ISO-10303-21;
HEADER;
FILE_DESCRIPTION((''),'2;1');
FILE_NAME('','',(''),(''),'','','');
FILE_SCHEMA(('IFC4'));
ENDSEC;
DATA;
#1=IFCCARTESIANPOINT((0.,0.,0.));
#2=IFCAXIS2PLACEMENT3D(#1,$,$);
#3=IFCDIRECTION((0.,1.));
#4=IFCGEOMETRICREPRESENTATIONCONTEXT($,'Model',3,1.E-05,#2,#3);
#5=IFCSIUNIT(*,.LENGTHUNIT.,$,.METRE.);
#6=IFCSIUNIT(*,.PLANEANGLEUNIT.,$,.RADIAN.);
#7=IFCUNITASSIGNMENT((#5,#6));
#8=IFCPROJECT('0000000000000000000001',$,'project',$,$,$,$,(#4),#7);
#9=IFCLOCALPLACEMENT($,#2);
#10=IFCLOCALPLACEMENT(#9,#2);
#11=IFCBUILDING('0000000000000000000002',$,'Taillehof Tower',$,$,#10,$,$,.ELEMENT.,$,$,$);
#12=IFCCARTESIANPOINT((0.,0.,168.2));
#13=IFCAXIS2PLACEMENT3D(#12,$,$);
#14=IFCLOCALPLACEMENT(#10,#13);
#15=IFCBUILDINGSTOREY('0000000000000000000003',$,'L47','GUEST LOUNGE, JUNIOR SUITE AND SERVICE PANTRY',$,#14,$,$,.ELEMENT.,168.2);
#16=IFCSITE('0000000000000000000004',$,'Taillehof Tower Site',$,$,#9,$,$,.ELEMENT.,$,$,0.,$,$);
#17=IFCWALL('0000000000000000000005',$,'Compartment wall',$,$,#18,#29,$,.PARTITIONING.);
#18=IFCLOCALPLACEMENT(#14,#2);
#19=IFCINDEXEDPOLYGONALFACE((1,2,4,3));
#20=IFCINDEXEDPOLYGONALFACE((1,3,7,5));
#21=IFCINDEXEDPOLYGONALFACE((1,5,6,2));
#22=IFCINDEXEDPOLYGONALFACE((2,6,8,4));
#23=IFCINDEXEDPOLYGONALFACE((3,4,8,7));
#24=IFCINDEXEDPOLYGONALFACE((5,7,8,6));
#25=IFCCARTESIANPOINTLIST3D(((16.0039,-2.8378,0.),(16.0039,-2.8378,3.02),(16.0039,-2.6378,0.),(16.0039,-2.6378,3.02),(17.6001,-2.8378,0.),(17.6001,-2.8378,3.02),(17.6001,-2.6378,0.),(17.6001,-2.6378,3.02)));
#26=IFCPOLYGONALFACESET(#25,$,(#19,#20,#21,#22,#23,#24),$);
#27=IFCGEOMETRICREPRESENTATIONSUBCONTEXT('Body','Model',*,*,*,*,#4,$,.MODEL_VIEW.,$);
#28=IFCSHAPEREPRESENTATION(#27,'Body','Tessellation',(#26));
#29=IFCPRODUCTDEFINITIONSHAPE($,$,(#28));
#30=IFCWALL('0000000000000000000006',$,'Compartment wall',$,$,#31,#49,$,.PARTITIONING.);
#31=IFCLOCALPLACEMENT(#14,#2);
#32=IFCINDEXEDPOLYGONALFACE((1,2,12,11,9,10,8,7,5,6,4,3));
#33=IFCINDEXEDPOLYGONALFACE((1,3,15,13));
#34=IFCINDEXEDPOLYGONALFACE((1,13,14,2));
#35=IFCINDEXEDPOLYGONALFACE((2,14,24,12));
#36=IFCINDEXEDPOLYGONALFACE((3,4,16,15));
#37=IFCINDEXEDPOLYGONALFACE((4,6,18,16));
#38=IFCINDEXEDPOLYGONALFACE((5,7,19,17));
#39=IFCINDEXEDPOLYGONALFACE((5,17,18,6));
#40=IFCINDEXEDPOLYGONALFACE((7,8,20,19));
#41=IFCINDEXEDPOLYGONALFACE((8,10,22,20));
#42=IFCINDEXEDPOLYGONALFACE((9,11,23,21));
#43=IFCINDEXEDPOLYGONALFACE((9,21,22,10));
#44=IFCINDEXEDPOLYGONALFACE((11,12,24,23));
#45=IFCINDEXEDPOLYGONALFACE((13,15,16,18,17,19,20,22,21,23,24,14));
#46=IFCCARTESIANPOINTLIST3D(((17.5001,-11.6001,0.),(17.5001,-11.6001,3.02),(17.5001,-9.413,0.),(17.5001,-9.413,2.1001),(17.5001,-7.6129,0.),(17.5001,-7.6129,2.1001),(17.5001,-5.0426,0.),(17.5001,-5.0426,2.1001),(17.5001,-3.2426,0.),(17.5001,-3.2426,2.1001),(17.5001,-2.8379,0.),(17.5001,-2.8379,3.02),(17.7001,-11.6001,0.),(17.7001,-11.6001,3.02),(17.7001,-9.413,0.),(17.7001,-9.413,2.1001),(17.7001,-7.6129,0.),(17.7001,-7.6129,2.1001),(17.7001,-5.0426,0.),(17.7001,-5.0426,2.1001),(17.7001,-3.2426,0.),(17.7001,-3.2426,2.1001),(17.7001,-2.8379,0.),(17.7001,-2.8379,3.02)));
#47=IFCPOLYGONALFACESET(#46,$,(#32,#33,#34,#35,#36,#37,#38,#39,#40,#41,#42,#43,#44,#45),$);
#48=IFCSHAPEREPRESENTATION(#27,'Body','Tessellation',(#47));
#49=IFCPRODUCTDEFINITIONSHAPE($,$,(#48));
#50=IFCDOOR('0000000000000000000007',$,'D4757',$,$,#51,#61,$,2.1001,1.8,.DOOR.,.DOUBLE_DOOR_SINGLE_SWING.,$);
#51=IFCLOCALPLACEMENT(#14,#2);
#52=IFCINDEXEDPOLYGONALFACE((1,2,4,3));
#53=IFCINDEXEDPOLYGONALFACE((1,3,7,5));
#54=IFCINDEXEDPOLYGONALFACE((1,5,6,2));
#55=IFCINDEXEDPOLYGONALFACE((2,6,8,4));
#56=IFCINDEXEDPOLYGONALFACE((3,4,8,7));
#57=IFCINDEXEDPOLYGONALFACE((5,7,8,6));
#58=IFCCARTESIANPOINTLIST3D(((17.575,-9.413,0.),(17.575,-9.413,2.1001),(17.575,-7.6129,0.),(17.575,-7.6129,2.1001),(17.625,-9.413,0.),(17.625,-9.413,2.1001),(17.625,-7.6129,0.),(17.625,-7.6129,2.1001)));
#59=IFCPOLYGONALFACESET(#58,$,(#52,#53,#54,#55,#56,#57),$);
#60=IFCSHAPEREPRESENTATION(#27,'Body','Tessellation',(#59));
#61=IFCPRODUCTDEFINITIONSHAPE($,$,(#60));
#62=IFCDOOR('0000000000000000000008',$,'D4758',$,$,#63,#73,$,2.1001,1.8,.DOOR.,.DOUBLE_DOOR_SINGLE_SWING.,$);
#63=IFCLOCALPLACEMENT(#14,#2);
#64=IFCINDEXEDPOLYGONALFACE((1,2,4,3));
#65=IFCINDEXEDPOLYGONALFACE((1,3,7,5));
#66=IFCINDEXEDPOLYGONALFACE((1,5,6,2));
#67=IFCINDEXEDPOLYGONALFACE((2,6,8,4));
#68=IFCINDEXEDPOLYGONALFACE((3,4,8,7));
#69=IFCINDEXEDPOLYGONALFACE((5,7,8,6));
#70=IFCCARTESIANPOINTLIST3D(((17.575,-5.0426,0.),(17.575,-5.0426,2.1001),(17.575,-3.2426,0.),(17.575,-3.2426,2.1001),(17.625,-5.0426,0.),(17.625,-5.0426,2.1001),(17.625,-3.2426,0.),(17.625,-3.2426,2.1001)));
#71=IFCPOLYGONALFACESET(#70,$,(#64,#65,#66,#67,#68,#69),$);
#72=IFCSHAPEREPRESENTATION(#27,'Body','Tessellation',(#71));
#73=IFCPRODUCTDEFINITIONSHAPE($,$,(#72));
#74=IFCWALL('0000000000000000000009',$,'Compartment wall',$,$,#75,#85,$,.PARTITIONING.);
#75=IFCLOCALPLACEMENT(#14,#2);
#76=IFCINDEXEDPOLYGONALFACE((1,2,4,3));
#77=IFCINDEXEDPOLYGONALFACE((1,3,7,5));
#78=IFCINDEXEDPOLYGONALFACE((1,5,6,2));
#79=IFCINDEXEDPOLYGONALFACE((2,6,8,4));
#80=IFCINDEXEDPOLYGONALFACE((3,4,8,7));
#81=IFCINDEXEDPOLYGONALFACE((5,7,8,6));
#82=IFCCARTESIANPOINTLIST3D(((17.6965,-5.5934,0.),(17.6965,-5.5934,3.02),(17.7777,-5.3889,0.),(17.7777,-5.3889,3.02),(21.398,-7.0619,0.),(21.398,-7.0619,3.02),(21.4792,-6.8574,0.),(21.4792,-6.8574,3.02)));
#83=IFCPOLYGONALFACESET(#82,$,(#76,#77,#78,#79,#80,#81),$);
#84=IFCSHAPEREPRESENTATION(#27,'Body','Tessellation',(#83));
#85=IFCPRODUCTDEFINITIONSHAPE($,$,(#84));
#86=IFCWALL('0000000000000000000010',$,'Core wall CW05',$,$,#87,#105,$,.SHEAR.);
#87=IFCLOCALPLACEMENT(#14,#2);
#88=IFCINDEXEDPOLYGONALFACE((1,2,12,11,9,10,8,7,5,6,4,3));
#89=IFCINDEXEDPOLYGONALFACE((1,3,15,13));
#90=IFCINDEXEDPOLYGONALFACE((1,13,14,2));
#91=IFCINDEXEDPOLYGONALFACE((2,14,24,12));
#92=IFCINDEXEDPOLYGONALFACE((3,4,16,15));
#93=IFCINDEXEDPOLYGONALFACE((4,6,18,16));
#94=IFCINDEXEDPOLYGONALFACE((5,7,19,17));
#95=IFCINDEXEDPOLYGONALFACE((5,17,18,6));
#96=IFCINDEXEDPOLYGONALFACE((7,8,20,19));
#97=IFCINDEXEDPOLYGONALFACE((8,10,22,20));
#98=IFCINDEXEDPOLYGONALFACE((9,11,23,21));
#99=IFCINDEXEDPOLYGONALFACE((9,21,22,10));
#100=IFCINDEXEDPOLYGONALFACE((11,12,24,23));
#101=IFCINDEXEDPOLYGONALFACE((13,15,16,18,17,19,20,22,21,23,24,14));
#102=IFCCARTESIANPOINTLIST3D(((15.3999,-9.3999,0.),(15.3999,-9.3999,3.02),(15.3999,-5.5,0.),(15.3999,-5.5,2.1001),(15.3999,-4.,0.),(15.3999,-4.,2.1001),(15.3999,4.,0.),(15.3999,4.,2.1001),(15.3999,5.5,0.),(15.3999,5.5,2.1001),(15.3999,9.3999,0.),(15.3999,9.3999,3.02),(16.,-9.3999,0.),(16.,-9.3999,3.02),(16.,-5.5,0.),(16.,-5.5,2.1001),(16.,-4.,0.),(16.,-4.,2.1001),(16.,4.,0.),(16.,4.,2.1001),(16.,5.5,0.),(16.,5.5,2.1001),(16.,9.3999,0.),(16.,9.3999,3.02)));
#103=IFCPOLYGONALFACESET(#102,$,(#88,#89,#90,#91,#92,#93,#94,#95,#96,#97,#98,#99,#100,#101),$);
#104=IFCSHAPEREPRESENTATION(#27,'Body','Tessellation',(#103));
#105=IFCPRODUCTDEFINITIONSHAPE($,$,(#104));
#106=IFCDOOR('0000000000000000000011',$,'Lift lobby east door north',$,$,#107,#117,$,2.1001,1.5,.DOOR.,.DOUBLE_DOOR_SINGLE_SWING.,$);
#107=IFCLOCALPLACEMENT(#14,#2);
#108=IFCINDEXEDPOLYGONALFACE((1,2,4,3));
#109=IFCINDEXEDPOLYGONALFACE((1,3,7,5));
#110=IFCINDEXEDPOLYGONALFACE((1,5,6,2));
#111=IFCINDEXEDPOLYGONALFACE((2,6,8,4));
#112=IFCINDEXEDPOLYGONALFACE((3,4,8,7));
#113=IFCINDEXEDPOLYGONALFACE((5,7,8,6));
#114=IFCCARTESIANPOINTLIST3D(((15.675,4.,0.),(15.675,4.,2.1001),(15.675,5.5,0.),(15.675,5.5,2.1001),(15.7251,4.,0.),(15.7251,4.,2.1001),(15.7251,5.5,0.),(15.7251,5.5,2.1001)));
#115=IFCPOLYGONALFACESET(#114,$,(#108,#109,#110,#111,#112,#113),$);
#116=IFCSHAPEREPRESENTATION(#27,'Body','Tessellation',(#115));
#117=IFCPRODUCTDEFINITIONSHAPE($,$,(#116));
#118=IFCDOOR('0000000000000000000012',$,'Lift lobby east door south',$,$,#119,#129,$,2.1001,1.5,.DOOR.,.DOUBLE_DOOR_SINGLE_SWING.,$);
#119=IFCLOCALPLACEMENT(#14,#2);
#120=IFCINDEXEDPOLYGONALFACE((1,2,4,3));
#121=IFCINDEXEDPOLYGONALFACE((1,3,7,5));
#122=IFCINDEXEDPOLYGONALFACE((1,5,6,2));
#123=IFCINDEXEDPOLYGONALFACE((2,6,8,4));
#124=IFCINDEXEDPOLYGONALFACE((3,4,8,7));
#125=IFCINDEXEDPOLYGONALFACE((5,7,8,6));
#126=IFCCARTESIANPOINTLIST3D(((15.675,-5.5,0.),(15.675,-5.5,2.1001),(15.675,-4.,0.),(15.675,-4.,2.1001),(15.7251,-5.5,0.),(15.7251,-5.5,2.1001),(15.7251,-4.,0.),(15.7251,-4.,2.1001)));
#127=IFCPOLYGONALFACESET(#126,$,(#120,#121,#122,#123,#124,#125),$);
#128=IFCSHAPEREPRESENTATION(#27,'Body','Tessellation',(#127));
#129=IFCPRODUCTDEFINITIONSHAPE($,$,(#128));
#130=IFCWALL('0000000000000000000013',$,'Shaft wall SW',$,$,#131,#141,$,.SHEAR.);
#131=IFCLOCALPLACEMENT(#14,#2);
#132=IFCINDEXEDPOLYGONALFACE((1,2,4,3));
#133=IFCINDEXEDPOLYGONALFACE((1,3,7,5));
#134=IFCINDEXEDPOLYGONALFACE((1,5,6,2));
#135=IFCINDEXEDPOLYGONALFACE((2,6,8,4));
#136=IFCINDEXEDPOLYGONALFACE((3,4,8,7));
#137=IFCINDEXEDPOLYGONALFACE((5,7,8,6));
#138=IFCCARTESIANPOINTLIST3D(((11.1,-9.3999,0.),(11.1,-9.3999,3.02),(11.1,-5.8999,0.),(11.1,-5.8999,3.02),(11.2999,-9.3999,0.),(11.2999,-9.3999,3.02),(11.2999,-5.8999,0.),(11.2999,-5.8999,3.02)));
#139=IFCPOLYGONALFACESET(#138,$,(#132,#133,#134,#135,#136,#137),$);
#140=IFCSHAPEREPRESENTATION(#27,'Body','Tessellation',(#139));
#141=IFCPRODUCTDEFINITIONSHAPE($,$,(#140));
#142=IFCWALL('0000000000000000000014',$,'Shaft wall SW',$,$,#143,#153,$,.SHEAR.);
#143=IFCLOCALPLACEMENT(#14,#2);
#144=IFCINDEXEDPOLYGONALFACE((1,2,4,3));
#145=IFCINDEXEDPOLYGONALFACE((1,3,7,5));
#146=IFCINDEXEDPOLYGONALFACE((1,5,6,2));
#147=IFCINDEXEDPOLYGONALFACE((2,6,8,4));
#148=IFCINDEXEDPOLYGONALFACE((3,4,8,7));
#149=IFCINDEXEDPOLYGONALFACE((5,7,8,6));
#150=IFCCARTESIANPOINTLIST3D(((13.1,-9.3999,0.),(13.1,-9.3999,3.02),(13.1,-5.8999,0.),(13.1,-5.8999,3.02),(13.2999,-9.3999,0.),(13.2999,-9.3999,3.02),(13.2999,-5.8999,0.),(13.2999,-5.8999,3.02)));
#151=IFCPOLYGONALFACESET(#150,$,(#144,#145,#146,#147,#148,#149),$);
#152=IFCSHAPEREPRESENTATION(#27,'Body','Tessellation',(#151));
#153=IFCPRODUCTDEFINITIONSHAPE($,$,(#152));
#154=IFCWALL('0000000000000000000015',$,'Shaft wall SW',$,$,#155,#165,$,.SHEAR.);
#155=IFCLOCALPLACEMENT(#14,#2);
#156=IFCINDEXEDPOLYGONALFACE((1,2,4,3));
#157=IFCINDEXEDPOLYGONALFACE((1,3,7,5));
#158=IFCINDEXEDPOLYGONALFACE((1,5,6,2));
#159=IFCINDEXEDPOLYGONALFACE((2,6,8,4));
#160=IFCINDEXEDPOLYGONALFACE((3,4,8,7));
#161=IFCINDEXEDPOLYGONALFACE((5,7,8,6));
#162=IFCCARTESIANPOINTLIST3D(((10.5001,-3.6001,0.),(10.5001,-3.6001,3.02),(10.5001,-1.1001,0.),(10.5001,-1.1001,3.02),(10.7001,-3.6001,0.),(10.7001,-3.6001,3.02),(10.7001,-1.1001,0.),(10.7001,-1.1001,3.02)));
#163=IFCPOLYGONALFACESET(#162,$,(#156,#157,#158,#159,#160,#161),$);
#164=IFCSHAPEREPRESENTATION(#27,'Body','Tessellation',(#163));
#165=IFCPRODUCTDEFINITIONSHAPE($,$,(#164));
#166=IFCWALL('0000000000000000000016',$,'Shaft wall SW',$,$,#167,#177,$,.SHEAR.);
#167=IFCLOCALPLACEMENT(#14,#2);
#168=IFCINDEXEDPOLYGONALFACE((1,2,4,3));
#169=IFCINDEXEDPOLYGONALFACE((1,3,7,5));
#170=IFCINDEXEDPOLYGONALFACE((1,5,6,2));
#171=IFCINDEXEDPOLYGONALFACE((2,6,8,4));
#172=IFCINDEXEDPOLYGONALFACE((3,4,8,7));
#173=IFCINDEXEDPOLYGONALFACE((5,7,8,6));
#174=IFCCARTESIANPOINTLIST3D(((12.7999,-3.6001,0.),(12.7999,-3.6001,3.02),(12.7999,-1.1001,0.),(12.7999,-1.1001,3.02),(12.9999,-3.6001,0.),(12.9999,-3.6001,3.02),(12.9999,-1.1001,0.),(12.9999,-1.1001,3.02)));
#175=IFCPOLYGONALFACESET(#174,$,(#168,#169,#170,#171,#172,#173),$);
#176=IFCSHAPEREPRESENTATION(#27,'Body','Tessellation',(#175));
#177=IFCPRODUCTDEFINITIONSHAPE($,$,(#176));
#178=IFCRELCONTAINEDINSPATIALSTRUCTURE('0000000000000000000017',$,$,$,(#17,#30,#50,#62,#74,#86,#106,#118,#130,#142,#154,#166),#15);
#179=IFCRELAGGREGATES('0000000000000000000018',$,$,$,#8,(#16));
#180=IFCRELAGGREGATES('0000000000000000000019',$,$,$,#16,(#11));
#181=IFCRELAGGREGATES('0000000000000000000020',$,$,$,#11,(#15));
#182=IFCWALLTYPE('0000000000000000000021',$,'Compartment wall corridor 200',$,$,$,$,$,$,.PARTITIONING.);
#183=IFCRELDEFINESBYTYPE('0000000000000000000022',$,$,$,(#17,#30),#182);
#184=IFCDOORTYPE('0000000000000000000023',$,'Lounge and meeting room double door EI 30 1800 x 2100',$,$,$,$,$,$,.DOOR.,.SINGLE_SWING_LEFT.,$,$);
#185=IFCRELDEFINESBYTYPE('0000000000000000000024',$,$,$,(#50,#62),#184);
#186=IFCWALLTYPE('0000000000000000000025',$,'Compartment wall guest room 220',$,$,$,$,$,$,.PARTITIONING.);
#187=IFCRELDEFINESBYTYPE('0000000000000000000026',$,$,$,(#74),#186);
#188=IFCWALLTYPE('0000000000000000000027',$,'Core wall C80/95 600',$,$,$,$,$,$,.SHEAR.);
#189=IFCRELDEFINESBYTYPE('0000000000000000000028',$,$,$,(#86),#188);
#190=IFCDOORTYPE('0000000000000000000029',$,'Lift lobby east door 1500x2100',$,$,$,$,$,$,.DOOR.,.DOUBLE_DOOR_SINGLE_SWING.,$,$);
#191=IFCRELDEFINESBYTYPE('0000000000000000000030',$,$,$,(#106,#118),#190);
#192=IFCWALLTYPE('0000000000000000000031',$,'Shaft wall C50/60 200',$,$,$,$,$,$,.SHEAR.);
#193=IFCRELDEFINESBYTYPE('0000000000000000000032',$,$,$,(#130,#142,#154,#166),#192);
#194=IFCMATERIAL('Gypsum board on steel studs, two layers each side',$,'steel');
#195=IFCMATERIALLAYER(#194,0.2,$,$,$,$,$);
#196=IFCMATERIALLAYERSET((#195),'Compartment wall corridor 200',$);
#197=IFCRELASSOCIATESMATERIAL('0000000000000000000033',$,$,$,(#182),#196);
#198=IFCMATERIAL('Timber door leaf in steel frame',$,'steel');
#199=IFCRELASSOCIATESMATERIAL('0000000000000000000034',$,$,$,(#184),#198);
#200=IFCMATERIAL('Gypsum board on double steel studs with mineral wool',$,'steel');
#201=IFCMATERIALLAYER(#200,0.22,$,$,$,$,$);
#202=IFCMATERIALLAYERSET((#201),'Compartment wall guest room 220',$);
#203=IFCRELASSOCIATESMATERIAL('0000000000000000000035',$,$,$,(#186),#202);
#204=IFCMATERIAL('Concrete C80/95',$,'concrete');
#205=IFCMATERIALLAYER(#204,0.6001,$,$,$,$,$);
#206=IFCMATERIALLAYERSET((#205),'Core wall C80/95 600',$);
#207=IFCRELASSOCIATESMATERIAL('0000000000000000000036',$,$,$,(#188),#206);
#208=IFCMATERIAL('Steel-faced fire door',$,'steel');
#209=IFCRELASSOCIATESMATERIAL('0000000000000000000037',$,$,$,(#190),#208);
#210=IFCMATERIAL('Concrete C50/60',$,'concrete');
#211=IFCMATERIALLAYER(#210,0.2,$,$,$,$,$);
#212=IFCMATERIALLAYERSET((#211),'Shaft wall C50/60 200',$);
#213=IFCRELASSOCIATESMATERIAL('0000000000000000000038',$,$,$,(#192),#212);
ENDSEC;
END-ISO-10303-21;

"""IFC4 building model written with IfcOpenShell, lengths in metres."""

from ifc_helpers import new_model, si_unit, direction, frame, frame_2d, origin, place, context, subcontext, project, spatial, rectangle, extrude, material, layer, layer_set, type_object, element, fill, save


model = new_model("IFC4")

# Units and contexts
model_context = context("Model", 3, precision=1e-05, world=origin(), true_north=direction((0.0, 1.0)))
body_context = subcontext(model_context, "Body", "Model", "MODEL_VIEW")
ifc_project = project(units=[si_unit("LENGTHUNIT", "METRE"), si_unit("PLANEANGLEUNIT", "RADIAN")], contexts=[model_context])

# Site, building, storey
site_placement = place(None, origin())
site = spatial("IfcSite", under=ifc_project, at=site_placement, Name="Taillehof Tower Site", CompositionType="ELEMENT", RefElevation=0.0)
building_placement = place(site_placement, origin())
building = spatial("IfcBuilding", under=site, at=building_placement, Name="Taillehof Tower", CompositionType="ELEMENT")
storey_placement = place(building_placement, frame((0.0, 0.0, 168.2)))
storey = spatial("IfcBuildingStorey", under=building, at=storey_placement, Name="L47", Description="GUEST LOUNGE, JUNIOR SUITE AND SERVICE PANTRY", CompositionType="ELEMENT", Elevation=168.2)

# Wall
ifc_material_1 = material(Name="Gypsum board on steel studs, two layers each side", Category="steel")
ifc_layer_1 = layer(ifc_material_1, 0.2)
ifc_layer_set_1 = layer_set([ifc_layer_1], Name="Compartment wall corridor 200")
wall_type_1 = type_object("IfcWallType", Name="Compartment wall corridor 200", PredefinedType="PARTITIONING", material=ifc_layer_set_1)
wall_1_placement = place(storey_placement, frame((16.0039, -2.7378, 0.0), z_axis=(0.0, 0.0, 1.0), x_axis=(1.0, 0.0, 0.0)))
element("IfcWall", 1, at=wall_1_placement, inside=storey, type_object=wall_type_1, Name="Compartment wall", PredefinedType="PARTITIONING", context=body_context, shape_type="SweptSolid", body=[
    extrude(rectangle(XDim=1.5962, YDim=0.2, at=frame_2d((0.7981, 0.0))), origin(), (0.0, 0.0, 1.0), 3.02),
])

# Wall, openings, doors
wall_2_placement = place(storey_placement, frame((17.6001, -2.8379, 0.0), z_axis=(0.0, 0.0, 1.0), x_axis=(0.0, -1.0, 0.0)))
wall_2 = element("IfcWall", 2, at=wall_2_placement, inside=storey, type_object=wall_type_1, Name="Compartment wall", PredefinedType="PARTITIONING", context=body_context, shape_type="SweptSolid", body=[
    extrude(rectangle(XDim=8.7622, YDim=0.2, at=frame_2d((4.3811, 0.0))), origin(), (0.0, 0.0, 1.0), 3.02),
])
opening_1_placement = place(wall_2_placement, frame((4.7751, 0.0, 0.0)))
opening_1 = element("IfcOpeningElement", 3, at=opening_1_placement, cuts=wall_2, PredefinedType="OPENING", context=body_context, shape_type="SweptSolid", body=[
    extrude(rectangle(XDim=1.8, YDim=2.1001, at=frame_2d((0.8999, 1.05))), frame((0.0, 0.1099, 0.0), z_axis=(0.0, -1.0, 0.0), x_axis=(1.0, 0.0, 0.0)), (0.0, 0.0, 1.0), 0.22),
])
opening_2_placement = place(wall_2_placement, frame((0.4048, 0.0, 0.0)))
opening_2 = element("IfcOpeningElement", 4, at=opening_2_placement, cuts=wall_2, PredefinedType="OPENING", context=body_context, shape_type="SweptSolid", body=[
    extrude(rectangle(XDim=1.8, YDim=2.1001, at=frame_2d((0.8999, 1.05))), frame((0.0, 0.1099, 0.0), z_axis=(0.0, -1.0, 0.0), x_axis=(1.0, 0.0, 0.0)), (0.0, 0.0, 1.0), 0.22),
])
ifc_material_2 = material(Name="Timber door leaf in steel frame", Category="steel")
door_type_1 = type_object("IfcDoorType", Name="Lounge and meeting room double door EI 30 1800 x 2100", OperationType="SINGLE_SWING_LEFT", PredefinedType="DOOR", material=ifc_material_2)
door_1_placement = place(opening_1_placement, origin())
door_1 = element("IfcDoor", 5, at=door_1_placement, inside=storey, type_object=door_type_1, Name="D4757", OperationType="DOUBLE_DOOR_SINGLE_SWING", OverallHeight=2.1001, OverallWidth=1.8, PredefinedType="DOOR", context=body_context, shape_type="SweptSolid", body=[
    extrude(rectangle(XDim=1.8, YDim=2.1001, at=frame_2d((0.8999, 1.05))), frame((0.0, 0.0249, 0.0), z_axis=(0.0, -1.0, 0.0), x_axis=(1.0, 0.0, 0.0)), (0.0, 0.0, 1.0), 0.05),
])
fill(opening_1, door_1)
door_2_placement = place(opening_2_placement, origin())
door_2 = element("IfcDoor", 6, at=door_2_placement, inside=storey, type_object=door_type_1, Name="D4758", OperationType="DOUBLE_DOOR_SINGLE_SWING", OverallHeight=2.1001, OverallWidth=1.8, PredefinedType="DOOR", context=body_context, shape_type="SweptSolid", body=[
    extrude(rectangle(XDim=1.8, YDim=2.1001, at=frame_2d((0.8999, 1.05))), frame((0.0, 0.0249, 0.0), z_axis=(0.0, -1.0, 0.0), x_axis=(1.0, 0.0, 0.0)), (0.0, 0.0, 1.0), 0.05),
])
fill(opening_2, door_2)

# Wall
ifc_material_3 = material(Name="Gypsum board on double steel studs with mineral wool", Category="steel")
ifc_layer_2 = layer(ifc_material_3, 0.22)
ifc_layer_set_2 = layer_set([ifc_layer_2], Name="Compartment wall guest room 220")
wall_type_2 = type_object("IfcWallType", Name="Compartment wall guest room 220", PredefinedType="PARTITIONING", material=ifc_layer_set_2)
wall_3_placement = place(storey_placement, frame((21.4387, -6.9597, 0.0), z_axis=(0.0, 0.0, 1.0), x_axis=(-0.929517, 0.368778, 0.0)))
element("IfcWall", 7, at=wall_3_placement, inside=storey, type_object=wall_type_2, Name="Compartment wall", PredefinedType="PARTITIONING", context=body_context, shape_type="SweptSolid", body=[
    extrude(rectangle(XDim=3.9822, YDim=0.22, at=frame_2d((1.9912, 0.0))), origin(), (0.0, 0.0, 1.0), 3.02),
])

# Wall, openings, doors
ifc_material_4 = material(Name="Concrete C80/95", Category="concrete")
ifc_layer_3 = layer(ifc_material_4, 0.6001)
ifc_layer_set_3 = layer_set([ifc_layer_3], Name="Core wall C80/95 600")
wall_type_3 = type_object("IfcWallType", Name="Core wall C80/95 600", PredefinedType="SHEAR", material=ifc_layer_set_3)
wall_4_placement = place(storey_placement, frame((15.7, -9.3999, 0.0), z_axis=(0.0, 0.0, 1.0), x_axis=(0.0, 1.0, 0.0)))
wall_4 = element("IfcWall", 8, at=wall_4_placement, inside=storey, type_object=wall_type_3, Name="Core wall CW05", PredefinedType="SHEAR", context=body_context, shape_type="SweptSolid", body=[
    extrude(rectangle(XDim=18.7998, YDim=0.6001, at=frame_2d((9.3999, 0.0))), origin(), (0.0, 0.0, 1.0), 3.02),
])
opening_3_placement = place(wall_4_placement, frame((13.3999, 0.0, 0.0)))
opening_3 = element("IfcOpeningElement", 9, at=opening_3_placement, cuts=wall_4, PredefinedType="OPENING", context=body_context, shape_type="SweptSolid", body=[
    extrude(rectangle(XDim=1.5, YDim=2.1001, at=frame_2d((0.75, 1.05))), frame((0.0, 0.3101, 0.0), z_axis=(0.0, -1.0, 0.0), x_axis=(1.0, 0.0, 0.0)), (0.0, 0.0, 1.0), 0.6201),
])
opening_4_placement = place(wall_4_placement, frame((3.8999, 0.0, 0.0)))
opening_4 = element("IfcOpeningElement", 10, at=opening_4_placement, cuts=wall_4, PredefinedType="OPENING", context=body_context, shape_type="SweptSolid", body=[
    extrude(rectangle(XDim=1.5, YDim=2.1001, at=frame_2d((0.75, 1.05))), frame((0.0, 0.3101, 0.0), z_axis=(0.0, -1.0, 0.0), x_axis=(1.0, 0.0, 0.0)), (0.0, 0.0, 1.0), 0.6201),
])
ifc_material_5 = material(Name="Steel-faced fire door", Category="steel")
door_type_2 = type_object("IfcDoorType", Name="Lift lobby east door 1500x2100", OperationType="DOUBLE_DOOR_SINGLE_SWING", PredefinedType="DOOR", material=ifc_material_5)
door_3_placement = place(opening_3_placement, origin())
door_3 = element("IfcDoor", 11, at=door_3_placement, inside=storey, type_object=door_type_2, Name="Lift lobby east door north", OperationType="DOUBLE_DOOR_SINGLE_SWING", OverallHeight=2.1001, OverallWidth=1.5, PredefinedType="DOOR", context=body_context, shape_type="SweptSolid", body=[
    extrude(rectangle(XDim=1.5, YDim=2.1001, at=frame_2d((0.75, 1.05))), frame((0.0, 0.0249, 0.0), z_axis=(0.0, -1.0, 0.0), x_axis=(1.0, 0.0, 0.0)), (0.0, 0.0, 1.0), 0.05),
])
fill(opening_3, door_3)
door_4_placement = place(opening_4_placement, origin())
door_4 = element("IfcDoor", 12, at=door_4_placement, inside=storey, type_object=door_type_2, Name="Lift lobby east door south", OperationType="DOUBLE_DOOR_SINGLE_SWING", OverallHeight=2.1001, OverallWidth=1.5, PredefinedType="DOOR", context=body_context, shape_type="SweptSolid", body=[
    extrude(rectangle(XDim=1.5, YDim=2.1001, at=frame_2d((0.75, 1.05))), frame((0.0, 0.0249, 0.0), z_axis=(0.0, -1.0, 0.0), x_axis=(1.0, 0.0, 0.0)), (0.0, 0.0, 1.0), 0.05),
])
fill(opening_4, door_4)

# Walls
ifc_material_6 = material(Name="Concrete C50/60", Category="concrete")
ifc_layer_4 = layer(ifc_material_6, 0.2)
ifc_layer_set_4 = layer_set([ifc_layer_4], Name="Shaft wall C50/60 200")
wall_type_4 = type_object("IfcWallType", Name="Shaft wall C50/60 200", PredefinedType="SHEAR", material=ifc_layer_set_4)
for number, where, z_axis, x_axis, name in (
    (13, (11.2, -9.3999, 0.0), (0.0, 0.0, 1.0), (0.0, 1.0, 0.0), "Shaft wall SW"),
    (14, (13.2, -9.3999, 0.0), (0.0, 0.0, 1.0), (0.0, 1.0, 0.0), "Shaft wall SW"),
):
    element("IfcWall", number, at=place(storey_placement, frame(where, z_axis=z_axis, x_axis=x_axis)), inside=storey, type_object=wall_type_4, Name=name, PredefinedType="SHEAR", context=body_context, shape_type="SweptSolid", body=[
        extrude(rectangle(XDim=3.5, YDim=0.2, at=frame_2d((1.75, 0.0))), origin(), (0.0, 0.0, 1.0), 3.02),
    ])
for number, where, z_axis, x_axis, name in (
    (15, (10.6001, -3.6001, 0.0), (0.0, 0.0, 1.0), (0.0, 1.0, 0.0), "Shaft wall SW"),
    (16, (12.8999, -3.6001, 0.0), (0.0, 0.0, 1.0), (0.0, 1.0, 0.0), "Shaft wall SW"),
):
    element("IfcWall", number, at=place(storey_placement, frame(where, z_axis=z_axis, x_axis=x_axis)), inside=storey, type_object=wall_type_4, Name=name, PredefinedType="SHEAR", context=body_context, shape_type="SweptSolid", body=[
        extrude(rectangle(XDim=2.5, YDim=0.2, at=frame_2d((1.25, 0.0))), origin(), (0.0, 0.0, 1.0), 3.02),
    ])

save(model, "model.ifc")
